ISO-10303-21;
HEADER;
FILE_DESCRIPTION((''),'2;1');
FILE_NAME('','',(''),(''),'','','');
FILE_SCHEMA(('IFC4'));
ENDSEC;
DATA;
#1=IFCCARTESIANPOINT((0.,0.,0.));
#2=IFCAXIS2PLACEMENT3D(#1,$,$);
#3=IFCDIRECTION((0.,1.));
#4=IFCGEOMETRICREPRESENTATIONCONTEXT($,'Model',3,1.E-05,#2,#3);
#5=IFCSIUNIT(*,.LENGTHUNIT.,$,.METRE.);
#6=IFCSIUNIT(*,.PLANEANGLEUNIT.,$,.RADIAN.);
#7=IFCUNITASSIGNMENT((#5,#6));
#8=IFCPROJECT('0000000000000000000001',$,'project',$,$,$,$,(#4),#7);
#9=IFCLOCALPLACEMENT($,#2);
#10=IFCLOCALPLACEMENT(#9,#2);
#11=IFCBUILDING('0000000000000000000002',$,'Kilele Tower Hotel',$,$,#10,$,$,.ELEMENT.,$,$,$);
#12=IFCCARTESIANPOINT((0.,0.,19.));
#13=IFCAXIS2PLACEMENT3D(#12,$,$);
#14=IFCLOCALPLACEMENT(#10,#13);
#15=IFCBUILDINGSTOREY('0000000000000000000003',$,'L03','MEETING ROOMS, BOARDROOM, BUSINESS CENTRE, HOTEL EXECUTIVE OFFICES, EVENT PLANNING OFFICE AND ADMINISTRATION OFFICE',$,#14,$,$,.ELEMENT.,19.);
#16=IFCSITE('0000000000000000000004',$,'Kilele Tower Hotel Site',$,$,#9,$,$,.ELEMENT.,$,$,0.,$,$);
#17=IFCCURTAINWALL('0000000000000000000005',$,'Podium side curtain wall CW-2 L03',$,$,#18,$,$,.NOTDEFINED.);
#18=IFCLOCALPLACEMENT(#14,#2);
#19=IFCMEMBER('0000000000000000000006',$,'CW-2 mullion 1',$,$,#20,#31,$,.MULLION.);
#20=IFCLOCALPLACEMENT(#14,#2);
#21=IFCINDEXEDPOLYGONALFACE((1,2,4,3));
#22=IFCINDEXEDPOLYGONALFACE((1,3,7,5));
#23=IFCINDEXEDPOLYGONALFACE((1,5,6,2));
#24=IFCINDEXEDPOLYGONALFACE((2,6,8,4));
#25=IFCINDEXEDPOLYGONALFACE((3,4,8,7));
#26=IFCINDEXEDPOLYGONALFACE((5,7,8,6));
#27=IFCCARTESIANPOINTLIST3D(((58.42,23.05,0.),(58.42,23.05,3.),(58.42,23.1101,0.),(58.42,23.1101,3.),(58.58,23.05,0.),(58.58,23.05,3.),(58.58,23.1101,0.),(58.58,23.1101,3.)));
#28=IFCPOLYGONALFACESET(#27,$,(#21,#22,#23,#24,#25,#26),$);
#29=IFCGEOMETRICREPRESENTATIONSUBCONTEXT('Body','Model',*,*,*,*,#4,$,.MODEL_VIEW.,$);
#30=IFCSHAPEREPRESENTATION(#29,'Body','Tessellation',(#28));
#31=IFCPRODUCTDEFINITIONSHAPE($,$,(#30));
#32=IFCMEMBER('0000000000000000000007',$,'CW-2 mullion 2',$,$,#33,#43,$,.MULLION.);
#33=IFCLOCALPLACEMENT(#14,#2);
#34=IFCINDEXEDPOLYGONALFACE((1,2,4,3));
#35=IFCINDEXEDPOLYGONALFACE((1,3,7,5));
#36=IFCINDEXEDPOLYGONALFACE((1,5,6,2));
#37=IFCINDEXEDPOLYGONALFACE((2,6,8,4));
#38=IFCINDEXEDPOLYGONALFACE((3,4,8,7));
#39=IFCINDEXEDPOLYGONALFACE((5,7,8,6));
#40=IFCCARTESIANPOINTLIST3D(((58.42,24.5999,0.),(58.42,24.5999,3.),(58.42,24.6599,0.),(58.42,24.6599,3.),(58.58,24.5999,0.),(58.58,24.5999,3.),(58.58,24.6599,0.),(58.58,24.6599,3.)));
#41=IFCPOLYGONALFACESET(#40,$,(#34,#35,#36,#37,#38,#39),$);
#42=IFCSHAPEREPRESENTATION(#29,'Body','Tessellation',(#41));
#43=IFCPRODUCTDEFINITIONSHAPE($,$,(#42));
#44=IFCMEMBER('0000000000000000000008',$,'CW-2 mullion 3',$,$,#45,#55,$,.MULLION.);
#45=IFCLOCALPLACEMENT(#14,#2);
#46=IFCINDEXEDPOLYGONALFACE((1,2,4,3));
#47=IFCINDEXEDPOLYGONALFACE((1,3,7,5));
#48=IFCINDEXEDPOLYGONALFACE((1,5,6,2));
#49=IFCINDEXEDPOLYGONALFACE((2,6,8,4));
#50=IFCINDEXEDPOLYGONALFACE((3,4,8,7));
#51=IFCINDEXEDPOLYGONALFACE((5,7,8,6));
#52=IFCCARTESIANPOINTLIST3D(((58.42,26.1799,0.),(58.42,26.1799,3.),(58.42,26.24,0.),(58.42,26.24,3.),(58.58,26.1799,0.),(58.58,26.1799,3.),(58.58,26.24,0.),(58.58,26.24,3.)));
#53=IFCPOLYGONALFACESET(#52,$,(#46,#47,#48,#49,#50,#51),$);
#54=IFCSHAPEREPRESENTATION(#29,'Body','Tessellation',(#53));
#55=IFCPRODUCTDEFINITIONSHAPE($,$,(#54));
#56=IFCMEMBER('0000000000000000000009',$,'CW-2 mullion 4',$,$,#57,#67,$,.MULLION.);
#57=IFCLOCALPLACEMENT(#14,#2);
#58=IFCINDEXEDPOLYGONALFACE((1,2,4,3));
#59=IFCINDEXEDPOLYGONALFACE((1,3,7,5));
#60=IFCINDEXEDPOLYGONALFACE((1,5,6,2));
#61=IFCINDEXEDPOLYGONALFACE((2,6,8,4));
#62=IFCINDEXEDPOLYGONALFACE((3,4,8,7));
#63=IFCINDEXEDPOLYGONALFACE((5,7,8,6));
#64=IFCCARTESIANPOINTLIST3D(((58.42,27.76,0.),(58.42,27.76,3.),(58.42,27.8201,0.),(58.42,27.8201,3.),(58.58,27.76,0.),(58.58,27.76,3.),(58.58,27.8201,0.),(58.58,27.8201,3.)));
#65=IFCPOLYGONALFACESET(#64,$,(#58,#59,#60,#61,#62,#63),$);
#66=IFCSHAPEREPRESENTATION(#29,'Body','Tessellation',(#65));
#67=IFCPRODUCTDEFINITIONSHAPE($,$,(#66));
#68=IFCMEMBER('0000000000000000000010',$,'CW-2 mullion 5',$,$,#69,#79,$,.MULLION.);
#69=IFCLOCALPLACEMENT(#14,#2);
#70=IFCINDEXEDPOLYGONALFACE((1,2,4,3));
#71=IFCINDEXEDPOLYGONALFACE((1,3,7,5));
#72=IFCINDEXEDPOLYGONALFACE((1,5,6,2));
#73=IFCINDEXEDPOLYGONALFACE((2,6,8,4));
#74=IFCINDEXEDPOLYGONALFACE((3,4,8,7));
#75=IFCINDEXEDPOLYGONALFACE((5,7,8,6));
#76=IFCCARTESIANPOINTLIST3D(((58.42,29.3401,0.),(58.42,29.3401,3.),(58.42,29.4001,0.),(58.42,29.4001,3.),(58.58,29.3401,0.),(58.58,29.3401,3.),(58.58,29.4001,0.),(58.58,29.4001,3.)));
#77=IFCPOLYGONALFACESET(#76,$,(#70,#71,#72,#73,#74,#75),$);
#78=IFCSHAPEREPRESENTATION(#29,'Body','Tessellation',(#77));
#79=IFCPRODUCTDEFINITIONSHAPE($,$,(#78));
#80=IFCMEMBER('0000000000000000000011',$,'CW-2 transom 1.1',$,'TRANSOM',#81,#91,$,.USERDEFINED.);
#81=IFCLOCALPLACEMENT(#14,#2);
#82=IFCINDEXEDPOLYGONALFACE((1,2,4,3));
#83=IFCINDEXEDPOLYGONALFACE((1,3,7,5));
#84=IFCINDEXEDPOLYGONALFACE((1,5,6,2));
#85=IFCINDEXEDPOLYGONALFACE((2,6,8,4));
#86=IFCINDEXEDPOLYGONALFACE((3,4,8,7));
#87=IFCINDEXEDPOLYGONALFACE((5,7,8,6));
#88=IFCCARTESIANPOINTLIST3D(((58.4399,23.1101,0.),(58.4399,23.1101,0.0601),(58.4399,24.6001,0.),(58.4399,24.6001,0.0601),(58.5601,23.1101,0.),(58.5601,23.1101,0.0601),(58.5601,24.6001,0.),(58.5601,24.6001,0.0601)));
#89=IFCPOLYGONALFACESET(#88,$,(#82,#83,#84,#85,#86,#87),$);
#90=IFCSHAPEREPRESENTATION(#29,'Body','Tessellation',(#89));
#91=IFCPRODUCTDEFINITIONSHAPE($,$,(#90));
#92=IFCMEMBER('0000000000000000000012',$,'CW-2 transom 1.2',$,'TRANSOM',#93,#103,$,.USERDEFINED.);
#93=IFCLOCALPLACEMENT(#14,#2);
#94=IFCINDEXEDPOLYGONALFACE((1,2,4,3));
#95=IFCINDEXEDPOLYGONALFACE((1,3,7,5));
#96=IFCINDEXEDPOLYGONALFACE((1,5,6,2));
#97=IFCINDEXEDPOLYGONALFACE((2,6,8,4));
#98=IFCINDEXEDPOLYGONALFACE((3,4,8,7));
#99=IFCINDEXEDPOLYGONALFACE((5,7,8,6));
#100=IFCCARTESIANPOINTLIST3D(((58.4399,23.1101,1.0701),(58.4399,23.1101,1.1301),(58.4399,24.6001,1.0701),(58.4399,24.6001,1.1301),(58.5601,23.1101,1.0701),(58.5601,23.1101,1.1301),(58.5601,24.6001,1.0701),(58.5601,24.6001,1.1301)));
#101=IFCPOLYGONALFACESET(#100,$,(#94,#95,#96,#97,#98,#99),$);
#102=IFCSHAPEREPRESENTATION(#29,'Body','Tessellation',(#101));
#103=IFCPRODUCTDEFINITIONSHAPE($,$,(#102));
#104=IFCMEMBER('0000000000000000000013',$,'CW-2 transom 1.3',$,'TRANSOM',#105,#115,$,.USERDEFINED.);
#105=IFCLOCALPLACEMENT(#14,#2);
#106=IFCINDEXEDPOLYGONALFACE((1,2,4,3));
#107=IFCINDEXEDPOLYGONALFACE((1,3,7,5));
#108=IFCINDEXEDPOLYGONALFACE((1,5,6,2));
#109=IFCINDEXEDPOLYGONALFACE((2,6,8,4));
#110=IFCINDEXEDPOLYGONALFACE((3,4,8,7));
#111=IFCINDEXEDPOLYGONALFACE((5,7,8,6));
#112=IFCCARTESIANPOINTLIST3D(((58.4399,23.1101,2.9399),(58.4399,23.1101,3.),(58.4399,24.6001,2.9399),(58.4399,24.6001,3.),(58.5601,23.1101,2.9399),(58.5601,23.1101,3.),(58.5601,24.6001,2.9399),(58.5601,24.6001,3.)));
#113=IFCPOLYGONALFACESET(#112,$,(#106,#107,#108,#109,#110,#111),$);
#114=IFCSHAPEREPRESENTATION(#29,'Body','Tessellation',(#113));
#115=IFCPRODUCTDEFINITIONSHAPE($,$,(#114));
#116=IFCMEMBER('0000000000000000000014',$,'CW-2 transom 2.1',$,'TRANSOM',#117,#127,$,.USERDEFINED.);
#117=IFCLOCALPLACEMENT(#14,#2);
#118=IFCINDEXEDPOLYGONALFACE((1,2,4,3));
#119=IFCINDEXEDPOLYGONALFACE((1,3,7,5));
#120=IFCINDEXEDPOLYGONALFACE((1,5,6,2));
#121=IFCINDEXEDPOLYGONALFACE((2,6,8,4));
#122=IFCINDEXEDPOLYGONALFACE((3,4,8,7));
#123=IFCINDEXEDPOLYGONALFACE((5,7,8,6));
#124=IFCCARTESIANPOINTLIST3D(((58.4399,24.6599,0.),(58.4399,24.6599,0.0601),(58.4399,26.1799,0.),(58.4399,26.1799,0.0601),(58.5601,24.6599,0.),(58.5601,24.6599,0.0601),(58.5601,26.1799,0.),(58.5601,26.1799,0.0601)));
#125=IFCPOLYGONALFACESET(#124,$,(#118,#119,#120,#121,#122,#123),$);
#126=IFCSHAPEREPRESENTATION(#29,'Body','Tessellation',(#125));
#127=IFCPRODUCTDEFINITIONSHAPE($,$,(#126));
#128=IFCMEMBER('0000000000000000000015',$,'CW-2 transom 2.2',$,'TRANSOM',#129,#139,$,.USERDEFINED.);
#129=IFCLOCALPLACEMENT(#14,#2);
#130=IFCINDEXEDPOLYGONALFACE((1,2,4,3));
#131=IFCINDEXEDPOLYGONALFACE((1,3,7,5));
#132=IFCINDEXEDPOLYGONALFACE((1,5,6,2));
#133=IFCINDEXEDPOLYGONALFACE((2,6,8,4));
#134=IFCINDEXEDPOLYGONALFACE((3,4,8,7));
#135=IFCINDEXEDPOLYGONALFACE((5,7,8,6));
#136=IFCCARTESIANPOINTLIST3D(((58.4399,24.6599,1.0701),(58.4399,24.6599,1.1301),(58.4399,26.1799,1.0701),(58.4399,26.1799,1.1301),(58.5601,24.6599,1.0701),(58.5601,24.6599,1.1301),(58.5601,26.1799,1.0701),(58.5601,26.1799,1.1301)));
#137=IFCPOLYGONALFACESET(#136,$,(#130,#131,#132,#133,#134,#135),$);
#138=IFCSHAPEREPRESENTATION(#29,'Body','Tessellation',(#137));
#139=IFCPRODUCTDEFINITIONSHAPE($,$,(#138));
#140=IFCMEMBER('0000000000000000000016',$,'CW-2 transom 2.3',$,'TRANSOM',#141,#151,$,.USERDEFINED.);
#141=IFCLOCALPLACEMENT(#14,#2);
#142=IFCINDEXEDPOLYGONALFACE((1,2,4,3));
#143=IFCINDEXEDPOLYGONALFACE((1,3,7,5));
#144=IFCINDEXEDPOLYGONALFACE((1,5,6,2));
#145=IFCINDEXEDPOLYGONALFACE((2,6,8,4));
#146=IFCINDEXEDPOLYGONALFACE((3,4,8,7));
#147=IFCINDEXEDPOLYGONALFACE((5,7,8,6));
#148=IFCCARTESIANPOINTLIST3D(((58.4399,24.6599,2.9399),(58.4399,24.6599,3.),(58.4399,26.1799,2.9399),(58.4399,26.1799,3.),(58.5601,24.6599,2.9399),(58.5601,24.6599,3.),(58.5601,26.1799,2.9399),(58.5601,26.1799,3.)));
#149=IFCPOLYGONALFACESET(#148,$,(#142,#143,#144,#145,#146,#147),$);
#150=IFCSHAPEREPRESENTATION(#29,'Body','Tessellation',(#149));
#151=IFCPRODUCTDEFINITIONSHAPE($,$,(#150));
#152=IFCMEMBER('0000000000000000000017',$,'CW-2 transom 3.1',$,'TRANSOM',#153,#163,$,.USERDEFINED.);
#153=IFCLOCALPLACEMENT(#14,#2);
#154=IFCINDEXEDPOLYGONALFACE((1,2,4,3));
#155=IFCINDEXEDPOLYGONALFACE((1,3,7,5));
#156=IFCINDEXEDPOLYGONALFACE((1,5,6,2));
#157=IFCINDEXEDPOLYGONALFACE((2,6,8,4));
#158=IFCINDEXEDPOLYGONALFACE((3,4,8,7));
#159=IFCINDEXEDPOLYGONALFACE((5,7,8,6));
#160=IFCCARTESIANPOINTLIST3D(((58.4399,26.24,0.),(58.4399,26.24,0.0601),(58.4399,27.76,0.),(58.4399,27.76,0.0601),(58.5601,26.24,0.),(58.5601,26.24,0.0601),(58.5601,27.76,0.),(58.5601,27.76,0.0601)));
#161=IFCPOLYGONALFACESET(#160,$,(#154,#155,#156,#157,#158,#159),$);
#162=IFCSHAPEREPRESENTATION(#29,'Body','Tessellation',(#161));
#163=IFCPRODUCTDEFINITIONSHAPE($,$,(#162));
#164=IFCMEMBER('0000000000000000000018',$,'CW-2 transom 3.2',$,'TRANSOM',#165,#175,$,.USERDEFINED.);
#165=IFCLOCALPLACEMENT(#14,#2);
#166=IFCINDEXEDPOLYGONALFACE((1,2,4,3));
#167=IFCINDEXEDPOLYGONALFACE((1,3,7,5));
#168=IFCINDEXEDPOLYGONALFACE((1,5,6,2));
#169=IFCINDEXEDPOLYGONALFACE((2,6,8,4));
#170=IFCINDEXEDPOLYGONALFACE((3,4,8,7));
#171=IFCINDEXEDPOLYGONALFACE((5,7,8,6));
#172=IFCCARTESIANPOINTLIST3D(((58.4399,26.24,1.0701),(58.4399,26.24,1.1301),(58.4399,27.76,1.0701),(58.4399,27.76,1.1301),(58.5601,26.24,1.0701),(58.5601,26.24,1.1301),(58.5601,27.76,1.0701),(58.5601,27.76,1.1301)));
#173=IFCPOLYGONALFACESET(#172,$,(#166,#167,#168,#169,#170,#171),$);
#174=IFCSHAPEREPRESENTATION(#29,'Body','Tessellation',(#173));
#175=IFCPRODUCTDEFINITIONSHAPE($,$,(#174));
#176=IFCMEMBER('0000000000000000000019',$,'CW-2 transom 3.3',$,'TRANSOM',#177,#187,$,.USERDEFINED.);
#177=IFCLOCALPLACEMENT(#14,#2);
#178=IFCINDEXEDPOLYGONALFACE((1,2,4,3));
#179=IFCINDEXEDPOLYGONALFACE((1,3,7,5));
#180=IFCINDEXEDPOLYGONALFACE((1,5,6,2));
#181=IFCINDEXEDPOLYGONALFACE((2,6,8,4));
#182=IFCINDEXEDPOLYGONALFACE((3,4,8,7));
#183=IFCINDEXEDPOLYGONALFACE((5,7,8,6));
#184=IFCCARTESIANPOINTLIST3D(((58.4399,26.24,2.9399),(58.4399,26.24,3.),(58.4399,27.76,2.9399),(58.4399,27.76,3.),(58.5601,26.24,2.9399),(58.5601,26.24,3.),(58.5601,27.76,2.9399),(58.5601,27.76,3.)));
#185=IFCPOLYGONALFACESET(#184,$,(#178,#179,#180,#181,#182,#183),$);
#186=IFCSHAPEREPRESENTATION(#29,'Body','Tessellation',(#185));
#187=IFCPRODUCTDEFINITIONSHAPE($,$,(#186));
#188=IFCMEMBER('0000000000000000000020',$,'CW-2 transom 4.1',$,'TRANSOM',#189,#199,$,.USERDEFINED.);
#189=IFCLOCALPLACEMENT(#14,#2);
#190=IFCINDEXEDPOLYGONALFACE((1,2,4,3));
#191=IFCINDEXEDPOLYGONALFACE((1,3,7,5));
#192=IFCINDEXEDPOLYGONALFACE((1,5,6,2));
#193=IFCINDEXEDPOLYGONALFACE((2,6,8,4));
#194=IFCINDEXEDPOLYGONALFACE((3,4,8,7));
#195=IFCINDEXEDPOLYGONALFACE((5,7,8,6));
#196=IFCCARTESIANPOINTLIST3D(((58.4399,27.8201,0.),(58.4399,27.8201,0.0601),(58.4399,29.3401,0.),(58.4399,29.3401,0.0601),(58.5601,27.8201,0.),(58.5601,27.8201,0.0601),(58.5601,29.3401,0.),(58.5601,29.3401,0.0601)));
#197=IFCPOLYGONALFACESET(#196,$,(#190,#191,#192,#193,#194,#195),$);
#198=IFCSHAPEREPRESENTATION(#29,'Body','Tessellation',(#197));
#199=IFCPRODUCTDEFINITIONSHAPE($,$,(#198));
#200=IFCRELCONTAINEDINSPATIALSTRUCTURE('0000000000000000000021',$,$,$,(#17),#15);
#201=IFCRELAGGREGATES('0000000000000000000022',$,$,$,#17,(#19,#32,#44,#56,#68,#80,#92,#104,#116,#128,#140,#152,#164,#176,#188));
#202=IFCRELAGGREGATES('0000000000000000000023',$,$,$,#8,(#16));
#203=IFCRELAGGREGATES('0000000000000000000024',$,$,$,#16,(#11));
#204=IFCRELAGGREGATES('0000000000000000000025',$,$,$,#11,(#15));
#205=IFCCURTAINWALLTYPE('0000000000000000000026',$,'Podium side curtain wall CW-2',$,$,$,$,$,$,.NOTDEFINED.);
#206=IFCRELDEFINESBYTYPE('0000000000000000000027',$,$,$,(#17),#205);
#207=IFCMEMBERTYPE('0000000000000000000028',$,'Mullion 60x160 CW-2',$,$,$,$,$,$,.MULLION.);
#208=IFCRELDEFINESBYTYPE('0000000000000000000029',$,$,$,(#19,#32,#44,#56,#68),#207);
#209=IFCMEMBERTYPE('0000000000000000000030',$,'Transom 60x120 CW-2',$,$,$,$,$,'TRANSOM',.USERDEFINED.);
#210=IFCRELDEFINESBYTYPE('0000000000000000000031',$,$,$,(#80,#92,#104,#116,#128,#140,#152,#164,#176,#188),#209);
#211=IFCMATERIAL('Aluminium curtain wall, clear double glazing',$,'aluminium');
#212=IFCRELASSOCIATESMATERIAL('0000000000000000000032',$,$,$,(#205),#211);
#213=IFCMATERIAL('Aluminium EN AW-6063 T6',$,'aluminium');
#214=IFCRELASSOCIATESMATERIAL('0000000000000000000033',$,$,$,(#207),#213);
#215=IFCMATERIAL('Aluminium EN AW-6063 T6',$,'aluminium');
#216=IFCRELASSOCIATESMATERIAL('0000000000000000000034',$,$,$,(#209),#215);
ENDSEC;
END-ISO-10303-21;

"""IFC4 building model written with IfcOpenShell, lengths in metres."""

from ifc_helpers import new_model, si_unit, direction, frame, origin, origin_2d, place, context, subcontext, project, spatial, rectangle, extrude, material, material_profile, profile_set, type_object, element, aggregate, save


model = new_model("IFC4")

# Units and contexts
model_context = context("Model", 3, precision=1e-05, world=origin(), true_north=direction((0.0, 1.0)))
body_context = subcontext(model_context, "Body", "Model", "MODEL_VIEW")
ifc_project = project(units=[si_unit("LENGTHUNIT", "METRE"), si_unit("PLANEANGLEUNIT", "RADIAN")], contexts=[model_context])

# Site, building, storey
site_placement = place(None, origin())
site = spatial("IfcSite", under=ifc_project, at=site_placement, Name="Kilele Tower Hotel Site", CompositionType="ELEMENT", RefElevation=0.0)
building_placement = place(site_placement, origin())
building = spatial("IfcBuilding", under=site, at=building_placement, Name="Kilele Tower Hotel", CompositionType="ELEMENT")
storey_placement = place(building_placement, frame((0.0, 0.0, 19.0)))
storey = spatial("IfcBuildingStorey", under=building, at=storey_placement, Name="L03", Description="MEETING ROOMS, BOARDROOM, BUSINESS CENTRE, HOTEL EXECUTIVE OFFICES, EVENT PLANNING OFFICE AND ADMINISTRATION OFFICE", CompositionType="ELEMENT", Elevation=19.0)

# Curtain wall, members
ifc_material_1 = material(Name="Aluminium curtain wall, clear double glazing", Category="aluminium")
curtain_wall_type = type_object("IfcCurtainWallType", Name="Podium side curtain wall CW-2", PredefinedType="NOTDEFINED", material=ifc_material_1)
curtain_wall_placement = place(storey_placement, origin())
curtain_wall = element("IfcCurtainWall", 1, at=curtain_wall_placement, inside=storey, type_object=curtain_wall_type, Name="Podium side curtain wall CW-2 L03", PredefinedType="NOTDEFINED")
ifc_material_2 = material(Name="Aluminium EN AW-6063 T6", Category="aluminium")
ifc_material_profile_1 = material_profile(ifc_material_2, rectangle(XDim=0.1599, YDim=0.0601, at=origin_2d()))
ifc_profile_set_1 = profile_set([ifc_material_profile_1], Name="Aluminium EN AW-6063 T6")
member_type_1 = type_object("IfcMemberType", Name="Mullion 60x160 CW-2", PredefinedType="MULLION", material=ifc_profile_set_1)
member_1_placement = place(storey_placement, frame((58.5, 23.0801, 0.0), z_axis=(0.0, 0.0, 1.0), x_axis=(-1.0, 0.0, 0.0)))
member_1 = element("IfcMember", 2, at=member_1_placement, type_object=member_type_1, Name="CW-2 mullion 1", PredefinedType="MULLION", context=body_context, shape_type="SweptSolid", body=[
    extrude(rectangle(XDim=0.1599, YDim=0.0601, at=origin_2d()), origin(), (0.0, 0.0, 1.0), 3.0),
])
member_2_placement = place(storey_placement, frame((58.5, 24.6299, 0.0), z_axis=(0.0, 0.0, 1.0), x_axis=(-1.0, 0.0, 0.0)))
member_2 = element("IfcMember", 3, at=member_2_placement, type_object=member_type_1, Name="CW-2 mullion 2", PredefinedType="MULLION", context=body_context, shape_type="SweptSolid", body=[
    extrude(rectangle(XDim=0.1599, YDim=0.0601, at=origin_2d()), origin(), (0.0, 0.0, 1.0), 3.0),
])
member_3_placement = place(storey_placement, frame((58.5, 26.21, 0.0), z_axis=(0.0, 0.0, 1.0), x_axis=(-1.0, 0.0, 0.0)))
member_3 = element("IfcMember", 4, at=member_3_placement, type_object=member_type_1, Name="CW-2 mullion 3", PredefinedType="MULLION", context=body_context, shape_type="SweptSolid", body=[
    extrude(rectangle(XDim=0.1599, YDim=0.0601, at=origin_2d()), origin(), (0.0, 0.0, 1.0), 3.0),
])
member_4_placement = place(storey_placement, frame((58.5, 27.79, 0.0), z_axis=(0.0, 0.0, 1.0), x_axis=(-1.0, 0.0, 0.0)))
member_4 = element("IfcMember", 5, at=member_4_placement, type_object=member_type_1, Name="CW-2 mullion 4", PredefinedType="MULLION", context=body_context, shape_type="SweptSolid", body=[
    extrude(rectangle(XDim=0.1599, YDim=0.0601, at=origin_2d()), origin(), (0.0, 0.0, 1.0), 3.0),
])
member_5_placement = place(storey_placement, frame((58.5, 29.3701, 0.0), z_axis=(0.0, 0.0, 1.0), x_axis=(-1.0, 0.0, 0.0)))
member_5 = element("IfcMember", 6, at=member_5_placement, type_object=member_type_1, Name="CW-2 mullion 5", PredefinedType="MULLION", context=body_context, shape_type="SweptSolid", body=[
    extrude(rectangle(XDim=0.1599, YDim=0.0601, at=origin_2d()), origin(), (0.0, 0.0, 1.0), 3.0),
])
ifc_material_3 = material(Name="Aluminium EN AW-6063 T6", Category="aluminium")
ifc_material_profile_2 = material_profile(ifc_material_3, rectangle(XDim=0.1201, YDim=0.0601, at=origin_2d()))
ifc_profile_set_2 = profile_set([ifc_material_profile_2], Name="Aluminium EN AW-6063 T6")
member_type_2 = type_object("IfcMemberType", Name="Transom 60x120 CW-2", ElementType="TRANSOM", PredefinedType="USERDEFINED", material=ifc_profile_set_2)
member_6_placement = place(storey_placement, frame((58.5, 23.1101, 0.03), z_axis=(0.0, 1.0, 0.0), x_axis=(-1.0, 0.0, 0.0)))
member_6 = element("IfcMember", 7, at=member_6_placement, type_object=member_type_2, Name="CW-2 transom 1.1", ObjectType="TRANSOM", PredefinedType="USERDEFINED", context=body_context, shape_type="SweptSolid", body=[
    extrude(rectangle(XDim=0.1201, YDim=0.0601, at=origin_2d()), origin(), (0.0, 0.0, 1.0), 1.49),
])
member_7_placement = place(storey_placement, frame((58.5, 23.1101, 1.1001), z_axis=(0.0, 1.0, 0.0), x_axis=(-1.0, 0.0, 0.0)))
member_7 = element("IfcMember", 8, at=member_7_placement, type_object=member_type_2, Name="CW-2 transom 1.2", ObjectType="TRANSOM", PredefinedType="USERDEFINED", context=body_context, shape_type="SweptSolid", body=[
    extrude(rectangle(XDim=0.1201, YDim=0.0601, at=origin_2d()), origin(), (0.0, 0.0, 1.0), 1.49),
])
member_8_placement = place(storey_placement, frame((58.5, 23.1101, 2.97), z_axis=(0.0, 1.0, 0.0), x_axis=(-1.0, 0.0, 0.0)))
member_8 = element("IfcMember", 9, at=member_8_placement, type_object=member_type_2, Name="CW-2 transom 1.3", ObjectType="TRANSOM", PredefinedType="USERDEFINED", context=body_context, shape_type="SweptSolid", body=[
    extrude(rectangle(XDim=0.1201, YDim=0.0601, at=origin_2d()), origin(), (0.0, 0.0, 1.0), 1.49),
])
member_9_placement = place(storey_placement, frame((58.5, 24.6599, 0.03), z_axis=(0.0, 1.0, 0.0), x_axis=(-1.0, 0.0, 0.0)))
member_9 = element("IfcMember", 10, at=member_9_placement, type_object=member_type_2, Name="CW-2 transom 2.1", ObjectType="TRANSOM", PredefinedType="USERDEFINED", context=body_context, shape_type="SweptSolid", body=[
    extrude(rectangle(XDim=0.1201, YDim=0.0601, at=origin_2d()), origin(), (0.0, 0.0, 1.0), 1.52),
])
member_10_placement = place(storey_placement, frame((58.5, 24.6599, 1.1001), z_axis=(0.0, 1.0, 0.0), x_axis=(-1.0, 0.0, 0.0)))
member_10 = element("IfcMember", 11, at=member_10_placement, type_object=member_type_2, Name="CW-2 transom 2.2", ObjectType="TRANSOM", PredefinedType="USERDEFINED", context=body_context, shape_type="SweptSolid", body=[
    extrude(rectangle(XDim=0.1201, YDim=0.0601, at=origin_2d()), origin(), (0.0, 0.0, 1.0), 1.52),
])
member_11_placement = place(storey_placement, frame((58.5, 24.6599, 2.97), z_axis=(0.0, 1.0, 0.0), x_axis=(-1.0, 0.0, 0.0)))
member_11 = element("IfcMember", 12, at=member_11_placement, type_object=member_type_2, Name="CW-2 transom 2.3", ObjectType="TRANSOM", PredefinedType="USERDEFINED", context=body_context, shape_type="SweptSolid", body=[
    extrude(rectangle(XDim=0.1201, YDim=0.0601, at=origin_2d()), origin(), (0.0, 0.0, 1.0), 1.52),
])
member_12_placement = place(storey_placement, frame((58.5, 26.24, 0.03), z_axis=(0.0, 1.0, 0.0), x_axis=(-1.0, 0.0, 0.0)))
member_12 = element("IfcMember", 13, at=member_12_placement, type_object=member_type_2, Name="CW-2 transom 3.1", ObjectType="TRANSOM", PredefinedType="USERDEFINED", context=body_context, shape_type="SweptSolid", body=[
    extrude(rectangle(XDim=0.1201, YDim=0.0601, at=origin_2d()), origin(), (0.0, 0.0, 1.0), 1.52),
])
member_13_placement = place(storey_placement, frame((58.5, 26.24, 1.1001), z_axis=(0.0, 1.0, 0.0), x_axis=(-1.0, 0.0, 0.0)))
member_13 = element("IfcMember", 14, at=member_13_placement, type_object=member_type_2, Name="CW-2 transom 3.2", ObjectType="TRANSOM", PredefinedType="USERDEFINED", context=body_context, shape_type="SweptSolid", body=[
    extrude(rectangle(XDim=0.1201, YDim=0.0601, at=origin_2d()), origin(), (0.0, 0.0, 1.0), 1.52),
])
member_14_placement = place(storey_placement, frame((58.5, 26.24, 2.97), z_axis=(0.0, 1.0, 0.0), x_axis=(-1.0, 0.0, 0.0)))
member_14 = element("IfcMember", 15, at=member_14_placement, type_object=member_type_2, Name="CW-2 transom 3.3", ObjectType="TRANSOM", PredefinedType="USERDEFINED", context=body_context, shape_type="SweptSolid", body=[
    extrude(rectangle(XDim=0.1201, YDim=0.0601, at=origin_2d()), origin(), (0.0, 0.0, 1.0), 1.52),
])
member_15_placement = place(storey_placement, frame((58.5, 27.8201, 0.03), z_axis=(0.0, 1.0, 0.0), x_axis=(-1.0, 0.0, 0.0)))
member_15 = element("IfcMember", 16, at=member_15_placement, type_object=member_type_2, Name="CW-2 transom 4.1", ObjectType="TRANSOM", PredefinedType="USERDEFINED", context=body_context, shape_type="SweptSolid", body=[
    extrude(rectangle(XDim=0.1201, YDim=0.0601, at=origin_2d()), origin(), (0.0, 0.0, 1.0), 1.52),
])
aggregate(curtain_wall, [member_1, member_2, member_3, member_4, member_5, member_6, member_7, member_8, member_9, member_10, member_11, member_12, member_13, member_14, member_15])

save(model, "model.ifc")
